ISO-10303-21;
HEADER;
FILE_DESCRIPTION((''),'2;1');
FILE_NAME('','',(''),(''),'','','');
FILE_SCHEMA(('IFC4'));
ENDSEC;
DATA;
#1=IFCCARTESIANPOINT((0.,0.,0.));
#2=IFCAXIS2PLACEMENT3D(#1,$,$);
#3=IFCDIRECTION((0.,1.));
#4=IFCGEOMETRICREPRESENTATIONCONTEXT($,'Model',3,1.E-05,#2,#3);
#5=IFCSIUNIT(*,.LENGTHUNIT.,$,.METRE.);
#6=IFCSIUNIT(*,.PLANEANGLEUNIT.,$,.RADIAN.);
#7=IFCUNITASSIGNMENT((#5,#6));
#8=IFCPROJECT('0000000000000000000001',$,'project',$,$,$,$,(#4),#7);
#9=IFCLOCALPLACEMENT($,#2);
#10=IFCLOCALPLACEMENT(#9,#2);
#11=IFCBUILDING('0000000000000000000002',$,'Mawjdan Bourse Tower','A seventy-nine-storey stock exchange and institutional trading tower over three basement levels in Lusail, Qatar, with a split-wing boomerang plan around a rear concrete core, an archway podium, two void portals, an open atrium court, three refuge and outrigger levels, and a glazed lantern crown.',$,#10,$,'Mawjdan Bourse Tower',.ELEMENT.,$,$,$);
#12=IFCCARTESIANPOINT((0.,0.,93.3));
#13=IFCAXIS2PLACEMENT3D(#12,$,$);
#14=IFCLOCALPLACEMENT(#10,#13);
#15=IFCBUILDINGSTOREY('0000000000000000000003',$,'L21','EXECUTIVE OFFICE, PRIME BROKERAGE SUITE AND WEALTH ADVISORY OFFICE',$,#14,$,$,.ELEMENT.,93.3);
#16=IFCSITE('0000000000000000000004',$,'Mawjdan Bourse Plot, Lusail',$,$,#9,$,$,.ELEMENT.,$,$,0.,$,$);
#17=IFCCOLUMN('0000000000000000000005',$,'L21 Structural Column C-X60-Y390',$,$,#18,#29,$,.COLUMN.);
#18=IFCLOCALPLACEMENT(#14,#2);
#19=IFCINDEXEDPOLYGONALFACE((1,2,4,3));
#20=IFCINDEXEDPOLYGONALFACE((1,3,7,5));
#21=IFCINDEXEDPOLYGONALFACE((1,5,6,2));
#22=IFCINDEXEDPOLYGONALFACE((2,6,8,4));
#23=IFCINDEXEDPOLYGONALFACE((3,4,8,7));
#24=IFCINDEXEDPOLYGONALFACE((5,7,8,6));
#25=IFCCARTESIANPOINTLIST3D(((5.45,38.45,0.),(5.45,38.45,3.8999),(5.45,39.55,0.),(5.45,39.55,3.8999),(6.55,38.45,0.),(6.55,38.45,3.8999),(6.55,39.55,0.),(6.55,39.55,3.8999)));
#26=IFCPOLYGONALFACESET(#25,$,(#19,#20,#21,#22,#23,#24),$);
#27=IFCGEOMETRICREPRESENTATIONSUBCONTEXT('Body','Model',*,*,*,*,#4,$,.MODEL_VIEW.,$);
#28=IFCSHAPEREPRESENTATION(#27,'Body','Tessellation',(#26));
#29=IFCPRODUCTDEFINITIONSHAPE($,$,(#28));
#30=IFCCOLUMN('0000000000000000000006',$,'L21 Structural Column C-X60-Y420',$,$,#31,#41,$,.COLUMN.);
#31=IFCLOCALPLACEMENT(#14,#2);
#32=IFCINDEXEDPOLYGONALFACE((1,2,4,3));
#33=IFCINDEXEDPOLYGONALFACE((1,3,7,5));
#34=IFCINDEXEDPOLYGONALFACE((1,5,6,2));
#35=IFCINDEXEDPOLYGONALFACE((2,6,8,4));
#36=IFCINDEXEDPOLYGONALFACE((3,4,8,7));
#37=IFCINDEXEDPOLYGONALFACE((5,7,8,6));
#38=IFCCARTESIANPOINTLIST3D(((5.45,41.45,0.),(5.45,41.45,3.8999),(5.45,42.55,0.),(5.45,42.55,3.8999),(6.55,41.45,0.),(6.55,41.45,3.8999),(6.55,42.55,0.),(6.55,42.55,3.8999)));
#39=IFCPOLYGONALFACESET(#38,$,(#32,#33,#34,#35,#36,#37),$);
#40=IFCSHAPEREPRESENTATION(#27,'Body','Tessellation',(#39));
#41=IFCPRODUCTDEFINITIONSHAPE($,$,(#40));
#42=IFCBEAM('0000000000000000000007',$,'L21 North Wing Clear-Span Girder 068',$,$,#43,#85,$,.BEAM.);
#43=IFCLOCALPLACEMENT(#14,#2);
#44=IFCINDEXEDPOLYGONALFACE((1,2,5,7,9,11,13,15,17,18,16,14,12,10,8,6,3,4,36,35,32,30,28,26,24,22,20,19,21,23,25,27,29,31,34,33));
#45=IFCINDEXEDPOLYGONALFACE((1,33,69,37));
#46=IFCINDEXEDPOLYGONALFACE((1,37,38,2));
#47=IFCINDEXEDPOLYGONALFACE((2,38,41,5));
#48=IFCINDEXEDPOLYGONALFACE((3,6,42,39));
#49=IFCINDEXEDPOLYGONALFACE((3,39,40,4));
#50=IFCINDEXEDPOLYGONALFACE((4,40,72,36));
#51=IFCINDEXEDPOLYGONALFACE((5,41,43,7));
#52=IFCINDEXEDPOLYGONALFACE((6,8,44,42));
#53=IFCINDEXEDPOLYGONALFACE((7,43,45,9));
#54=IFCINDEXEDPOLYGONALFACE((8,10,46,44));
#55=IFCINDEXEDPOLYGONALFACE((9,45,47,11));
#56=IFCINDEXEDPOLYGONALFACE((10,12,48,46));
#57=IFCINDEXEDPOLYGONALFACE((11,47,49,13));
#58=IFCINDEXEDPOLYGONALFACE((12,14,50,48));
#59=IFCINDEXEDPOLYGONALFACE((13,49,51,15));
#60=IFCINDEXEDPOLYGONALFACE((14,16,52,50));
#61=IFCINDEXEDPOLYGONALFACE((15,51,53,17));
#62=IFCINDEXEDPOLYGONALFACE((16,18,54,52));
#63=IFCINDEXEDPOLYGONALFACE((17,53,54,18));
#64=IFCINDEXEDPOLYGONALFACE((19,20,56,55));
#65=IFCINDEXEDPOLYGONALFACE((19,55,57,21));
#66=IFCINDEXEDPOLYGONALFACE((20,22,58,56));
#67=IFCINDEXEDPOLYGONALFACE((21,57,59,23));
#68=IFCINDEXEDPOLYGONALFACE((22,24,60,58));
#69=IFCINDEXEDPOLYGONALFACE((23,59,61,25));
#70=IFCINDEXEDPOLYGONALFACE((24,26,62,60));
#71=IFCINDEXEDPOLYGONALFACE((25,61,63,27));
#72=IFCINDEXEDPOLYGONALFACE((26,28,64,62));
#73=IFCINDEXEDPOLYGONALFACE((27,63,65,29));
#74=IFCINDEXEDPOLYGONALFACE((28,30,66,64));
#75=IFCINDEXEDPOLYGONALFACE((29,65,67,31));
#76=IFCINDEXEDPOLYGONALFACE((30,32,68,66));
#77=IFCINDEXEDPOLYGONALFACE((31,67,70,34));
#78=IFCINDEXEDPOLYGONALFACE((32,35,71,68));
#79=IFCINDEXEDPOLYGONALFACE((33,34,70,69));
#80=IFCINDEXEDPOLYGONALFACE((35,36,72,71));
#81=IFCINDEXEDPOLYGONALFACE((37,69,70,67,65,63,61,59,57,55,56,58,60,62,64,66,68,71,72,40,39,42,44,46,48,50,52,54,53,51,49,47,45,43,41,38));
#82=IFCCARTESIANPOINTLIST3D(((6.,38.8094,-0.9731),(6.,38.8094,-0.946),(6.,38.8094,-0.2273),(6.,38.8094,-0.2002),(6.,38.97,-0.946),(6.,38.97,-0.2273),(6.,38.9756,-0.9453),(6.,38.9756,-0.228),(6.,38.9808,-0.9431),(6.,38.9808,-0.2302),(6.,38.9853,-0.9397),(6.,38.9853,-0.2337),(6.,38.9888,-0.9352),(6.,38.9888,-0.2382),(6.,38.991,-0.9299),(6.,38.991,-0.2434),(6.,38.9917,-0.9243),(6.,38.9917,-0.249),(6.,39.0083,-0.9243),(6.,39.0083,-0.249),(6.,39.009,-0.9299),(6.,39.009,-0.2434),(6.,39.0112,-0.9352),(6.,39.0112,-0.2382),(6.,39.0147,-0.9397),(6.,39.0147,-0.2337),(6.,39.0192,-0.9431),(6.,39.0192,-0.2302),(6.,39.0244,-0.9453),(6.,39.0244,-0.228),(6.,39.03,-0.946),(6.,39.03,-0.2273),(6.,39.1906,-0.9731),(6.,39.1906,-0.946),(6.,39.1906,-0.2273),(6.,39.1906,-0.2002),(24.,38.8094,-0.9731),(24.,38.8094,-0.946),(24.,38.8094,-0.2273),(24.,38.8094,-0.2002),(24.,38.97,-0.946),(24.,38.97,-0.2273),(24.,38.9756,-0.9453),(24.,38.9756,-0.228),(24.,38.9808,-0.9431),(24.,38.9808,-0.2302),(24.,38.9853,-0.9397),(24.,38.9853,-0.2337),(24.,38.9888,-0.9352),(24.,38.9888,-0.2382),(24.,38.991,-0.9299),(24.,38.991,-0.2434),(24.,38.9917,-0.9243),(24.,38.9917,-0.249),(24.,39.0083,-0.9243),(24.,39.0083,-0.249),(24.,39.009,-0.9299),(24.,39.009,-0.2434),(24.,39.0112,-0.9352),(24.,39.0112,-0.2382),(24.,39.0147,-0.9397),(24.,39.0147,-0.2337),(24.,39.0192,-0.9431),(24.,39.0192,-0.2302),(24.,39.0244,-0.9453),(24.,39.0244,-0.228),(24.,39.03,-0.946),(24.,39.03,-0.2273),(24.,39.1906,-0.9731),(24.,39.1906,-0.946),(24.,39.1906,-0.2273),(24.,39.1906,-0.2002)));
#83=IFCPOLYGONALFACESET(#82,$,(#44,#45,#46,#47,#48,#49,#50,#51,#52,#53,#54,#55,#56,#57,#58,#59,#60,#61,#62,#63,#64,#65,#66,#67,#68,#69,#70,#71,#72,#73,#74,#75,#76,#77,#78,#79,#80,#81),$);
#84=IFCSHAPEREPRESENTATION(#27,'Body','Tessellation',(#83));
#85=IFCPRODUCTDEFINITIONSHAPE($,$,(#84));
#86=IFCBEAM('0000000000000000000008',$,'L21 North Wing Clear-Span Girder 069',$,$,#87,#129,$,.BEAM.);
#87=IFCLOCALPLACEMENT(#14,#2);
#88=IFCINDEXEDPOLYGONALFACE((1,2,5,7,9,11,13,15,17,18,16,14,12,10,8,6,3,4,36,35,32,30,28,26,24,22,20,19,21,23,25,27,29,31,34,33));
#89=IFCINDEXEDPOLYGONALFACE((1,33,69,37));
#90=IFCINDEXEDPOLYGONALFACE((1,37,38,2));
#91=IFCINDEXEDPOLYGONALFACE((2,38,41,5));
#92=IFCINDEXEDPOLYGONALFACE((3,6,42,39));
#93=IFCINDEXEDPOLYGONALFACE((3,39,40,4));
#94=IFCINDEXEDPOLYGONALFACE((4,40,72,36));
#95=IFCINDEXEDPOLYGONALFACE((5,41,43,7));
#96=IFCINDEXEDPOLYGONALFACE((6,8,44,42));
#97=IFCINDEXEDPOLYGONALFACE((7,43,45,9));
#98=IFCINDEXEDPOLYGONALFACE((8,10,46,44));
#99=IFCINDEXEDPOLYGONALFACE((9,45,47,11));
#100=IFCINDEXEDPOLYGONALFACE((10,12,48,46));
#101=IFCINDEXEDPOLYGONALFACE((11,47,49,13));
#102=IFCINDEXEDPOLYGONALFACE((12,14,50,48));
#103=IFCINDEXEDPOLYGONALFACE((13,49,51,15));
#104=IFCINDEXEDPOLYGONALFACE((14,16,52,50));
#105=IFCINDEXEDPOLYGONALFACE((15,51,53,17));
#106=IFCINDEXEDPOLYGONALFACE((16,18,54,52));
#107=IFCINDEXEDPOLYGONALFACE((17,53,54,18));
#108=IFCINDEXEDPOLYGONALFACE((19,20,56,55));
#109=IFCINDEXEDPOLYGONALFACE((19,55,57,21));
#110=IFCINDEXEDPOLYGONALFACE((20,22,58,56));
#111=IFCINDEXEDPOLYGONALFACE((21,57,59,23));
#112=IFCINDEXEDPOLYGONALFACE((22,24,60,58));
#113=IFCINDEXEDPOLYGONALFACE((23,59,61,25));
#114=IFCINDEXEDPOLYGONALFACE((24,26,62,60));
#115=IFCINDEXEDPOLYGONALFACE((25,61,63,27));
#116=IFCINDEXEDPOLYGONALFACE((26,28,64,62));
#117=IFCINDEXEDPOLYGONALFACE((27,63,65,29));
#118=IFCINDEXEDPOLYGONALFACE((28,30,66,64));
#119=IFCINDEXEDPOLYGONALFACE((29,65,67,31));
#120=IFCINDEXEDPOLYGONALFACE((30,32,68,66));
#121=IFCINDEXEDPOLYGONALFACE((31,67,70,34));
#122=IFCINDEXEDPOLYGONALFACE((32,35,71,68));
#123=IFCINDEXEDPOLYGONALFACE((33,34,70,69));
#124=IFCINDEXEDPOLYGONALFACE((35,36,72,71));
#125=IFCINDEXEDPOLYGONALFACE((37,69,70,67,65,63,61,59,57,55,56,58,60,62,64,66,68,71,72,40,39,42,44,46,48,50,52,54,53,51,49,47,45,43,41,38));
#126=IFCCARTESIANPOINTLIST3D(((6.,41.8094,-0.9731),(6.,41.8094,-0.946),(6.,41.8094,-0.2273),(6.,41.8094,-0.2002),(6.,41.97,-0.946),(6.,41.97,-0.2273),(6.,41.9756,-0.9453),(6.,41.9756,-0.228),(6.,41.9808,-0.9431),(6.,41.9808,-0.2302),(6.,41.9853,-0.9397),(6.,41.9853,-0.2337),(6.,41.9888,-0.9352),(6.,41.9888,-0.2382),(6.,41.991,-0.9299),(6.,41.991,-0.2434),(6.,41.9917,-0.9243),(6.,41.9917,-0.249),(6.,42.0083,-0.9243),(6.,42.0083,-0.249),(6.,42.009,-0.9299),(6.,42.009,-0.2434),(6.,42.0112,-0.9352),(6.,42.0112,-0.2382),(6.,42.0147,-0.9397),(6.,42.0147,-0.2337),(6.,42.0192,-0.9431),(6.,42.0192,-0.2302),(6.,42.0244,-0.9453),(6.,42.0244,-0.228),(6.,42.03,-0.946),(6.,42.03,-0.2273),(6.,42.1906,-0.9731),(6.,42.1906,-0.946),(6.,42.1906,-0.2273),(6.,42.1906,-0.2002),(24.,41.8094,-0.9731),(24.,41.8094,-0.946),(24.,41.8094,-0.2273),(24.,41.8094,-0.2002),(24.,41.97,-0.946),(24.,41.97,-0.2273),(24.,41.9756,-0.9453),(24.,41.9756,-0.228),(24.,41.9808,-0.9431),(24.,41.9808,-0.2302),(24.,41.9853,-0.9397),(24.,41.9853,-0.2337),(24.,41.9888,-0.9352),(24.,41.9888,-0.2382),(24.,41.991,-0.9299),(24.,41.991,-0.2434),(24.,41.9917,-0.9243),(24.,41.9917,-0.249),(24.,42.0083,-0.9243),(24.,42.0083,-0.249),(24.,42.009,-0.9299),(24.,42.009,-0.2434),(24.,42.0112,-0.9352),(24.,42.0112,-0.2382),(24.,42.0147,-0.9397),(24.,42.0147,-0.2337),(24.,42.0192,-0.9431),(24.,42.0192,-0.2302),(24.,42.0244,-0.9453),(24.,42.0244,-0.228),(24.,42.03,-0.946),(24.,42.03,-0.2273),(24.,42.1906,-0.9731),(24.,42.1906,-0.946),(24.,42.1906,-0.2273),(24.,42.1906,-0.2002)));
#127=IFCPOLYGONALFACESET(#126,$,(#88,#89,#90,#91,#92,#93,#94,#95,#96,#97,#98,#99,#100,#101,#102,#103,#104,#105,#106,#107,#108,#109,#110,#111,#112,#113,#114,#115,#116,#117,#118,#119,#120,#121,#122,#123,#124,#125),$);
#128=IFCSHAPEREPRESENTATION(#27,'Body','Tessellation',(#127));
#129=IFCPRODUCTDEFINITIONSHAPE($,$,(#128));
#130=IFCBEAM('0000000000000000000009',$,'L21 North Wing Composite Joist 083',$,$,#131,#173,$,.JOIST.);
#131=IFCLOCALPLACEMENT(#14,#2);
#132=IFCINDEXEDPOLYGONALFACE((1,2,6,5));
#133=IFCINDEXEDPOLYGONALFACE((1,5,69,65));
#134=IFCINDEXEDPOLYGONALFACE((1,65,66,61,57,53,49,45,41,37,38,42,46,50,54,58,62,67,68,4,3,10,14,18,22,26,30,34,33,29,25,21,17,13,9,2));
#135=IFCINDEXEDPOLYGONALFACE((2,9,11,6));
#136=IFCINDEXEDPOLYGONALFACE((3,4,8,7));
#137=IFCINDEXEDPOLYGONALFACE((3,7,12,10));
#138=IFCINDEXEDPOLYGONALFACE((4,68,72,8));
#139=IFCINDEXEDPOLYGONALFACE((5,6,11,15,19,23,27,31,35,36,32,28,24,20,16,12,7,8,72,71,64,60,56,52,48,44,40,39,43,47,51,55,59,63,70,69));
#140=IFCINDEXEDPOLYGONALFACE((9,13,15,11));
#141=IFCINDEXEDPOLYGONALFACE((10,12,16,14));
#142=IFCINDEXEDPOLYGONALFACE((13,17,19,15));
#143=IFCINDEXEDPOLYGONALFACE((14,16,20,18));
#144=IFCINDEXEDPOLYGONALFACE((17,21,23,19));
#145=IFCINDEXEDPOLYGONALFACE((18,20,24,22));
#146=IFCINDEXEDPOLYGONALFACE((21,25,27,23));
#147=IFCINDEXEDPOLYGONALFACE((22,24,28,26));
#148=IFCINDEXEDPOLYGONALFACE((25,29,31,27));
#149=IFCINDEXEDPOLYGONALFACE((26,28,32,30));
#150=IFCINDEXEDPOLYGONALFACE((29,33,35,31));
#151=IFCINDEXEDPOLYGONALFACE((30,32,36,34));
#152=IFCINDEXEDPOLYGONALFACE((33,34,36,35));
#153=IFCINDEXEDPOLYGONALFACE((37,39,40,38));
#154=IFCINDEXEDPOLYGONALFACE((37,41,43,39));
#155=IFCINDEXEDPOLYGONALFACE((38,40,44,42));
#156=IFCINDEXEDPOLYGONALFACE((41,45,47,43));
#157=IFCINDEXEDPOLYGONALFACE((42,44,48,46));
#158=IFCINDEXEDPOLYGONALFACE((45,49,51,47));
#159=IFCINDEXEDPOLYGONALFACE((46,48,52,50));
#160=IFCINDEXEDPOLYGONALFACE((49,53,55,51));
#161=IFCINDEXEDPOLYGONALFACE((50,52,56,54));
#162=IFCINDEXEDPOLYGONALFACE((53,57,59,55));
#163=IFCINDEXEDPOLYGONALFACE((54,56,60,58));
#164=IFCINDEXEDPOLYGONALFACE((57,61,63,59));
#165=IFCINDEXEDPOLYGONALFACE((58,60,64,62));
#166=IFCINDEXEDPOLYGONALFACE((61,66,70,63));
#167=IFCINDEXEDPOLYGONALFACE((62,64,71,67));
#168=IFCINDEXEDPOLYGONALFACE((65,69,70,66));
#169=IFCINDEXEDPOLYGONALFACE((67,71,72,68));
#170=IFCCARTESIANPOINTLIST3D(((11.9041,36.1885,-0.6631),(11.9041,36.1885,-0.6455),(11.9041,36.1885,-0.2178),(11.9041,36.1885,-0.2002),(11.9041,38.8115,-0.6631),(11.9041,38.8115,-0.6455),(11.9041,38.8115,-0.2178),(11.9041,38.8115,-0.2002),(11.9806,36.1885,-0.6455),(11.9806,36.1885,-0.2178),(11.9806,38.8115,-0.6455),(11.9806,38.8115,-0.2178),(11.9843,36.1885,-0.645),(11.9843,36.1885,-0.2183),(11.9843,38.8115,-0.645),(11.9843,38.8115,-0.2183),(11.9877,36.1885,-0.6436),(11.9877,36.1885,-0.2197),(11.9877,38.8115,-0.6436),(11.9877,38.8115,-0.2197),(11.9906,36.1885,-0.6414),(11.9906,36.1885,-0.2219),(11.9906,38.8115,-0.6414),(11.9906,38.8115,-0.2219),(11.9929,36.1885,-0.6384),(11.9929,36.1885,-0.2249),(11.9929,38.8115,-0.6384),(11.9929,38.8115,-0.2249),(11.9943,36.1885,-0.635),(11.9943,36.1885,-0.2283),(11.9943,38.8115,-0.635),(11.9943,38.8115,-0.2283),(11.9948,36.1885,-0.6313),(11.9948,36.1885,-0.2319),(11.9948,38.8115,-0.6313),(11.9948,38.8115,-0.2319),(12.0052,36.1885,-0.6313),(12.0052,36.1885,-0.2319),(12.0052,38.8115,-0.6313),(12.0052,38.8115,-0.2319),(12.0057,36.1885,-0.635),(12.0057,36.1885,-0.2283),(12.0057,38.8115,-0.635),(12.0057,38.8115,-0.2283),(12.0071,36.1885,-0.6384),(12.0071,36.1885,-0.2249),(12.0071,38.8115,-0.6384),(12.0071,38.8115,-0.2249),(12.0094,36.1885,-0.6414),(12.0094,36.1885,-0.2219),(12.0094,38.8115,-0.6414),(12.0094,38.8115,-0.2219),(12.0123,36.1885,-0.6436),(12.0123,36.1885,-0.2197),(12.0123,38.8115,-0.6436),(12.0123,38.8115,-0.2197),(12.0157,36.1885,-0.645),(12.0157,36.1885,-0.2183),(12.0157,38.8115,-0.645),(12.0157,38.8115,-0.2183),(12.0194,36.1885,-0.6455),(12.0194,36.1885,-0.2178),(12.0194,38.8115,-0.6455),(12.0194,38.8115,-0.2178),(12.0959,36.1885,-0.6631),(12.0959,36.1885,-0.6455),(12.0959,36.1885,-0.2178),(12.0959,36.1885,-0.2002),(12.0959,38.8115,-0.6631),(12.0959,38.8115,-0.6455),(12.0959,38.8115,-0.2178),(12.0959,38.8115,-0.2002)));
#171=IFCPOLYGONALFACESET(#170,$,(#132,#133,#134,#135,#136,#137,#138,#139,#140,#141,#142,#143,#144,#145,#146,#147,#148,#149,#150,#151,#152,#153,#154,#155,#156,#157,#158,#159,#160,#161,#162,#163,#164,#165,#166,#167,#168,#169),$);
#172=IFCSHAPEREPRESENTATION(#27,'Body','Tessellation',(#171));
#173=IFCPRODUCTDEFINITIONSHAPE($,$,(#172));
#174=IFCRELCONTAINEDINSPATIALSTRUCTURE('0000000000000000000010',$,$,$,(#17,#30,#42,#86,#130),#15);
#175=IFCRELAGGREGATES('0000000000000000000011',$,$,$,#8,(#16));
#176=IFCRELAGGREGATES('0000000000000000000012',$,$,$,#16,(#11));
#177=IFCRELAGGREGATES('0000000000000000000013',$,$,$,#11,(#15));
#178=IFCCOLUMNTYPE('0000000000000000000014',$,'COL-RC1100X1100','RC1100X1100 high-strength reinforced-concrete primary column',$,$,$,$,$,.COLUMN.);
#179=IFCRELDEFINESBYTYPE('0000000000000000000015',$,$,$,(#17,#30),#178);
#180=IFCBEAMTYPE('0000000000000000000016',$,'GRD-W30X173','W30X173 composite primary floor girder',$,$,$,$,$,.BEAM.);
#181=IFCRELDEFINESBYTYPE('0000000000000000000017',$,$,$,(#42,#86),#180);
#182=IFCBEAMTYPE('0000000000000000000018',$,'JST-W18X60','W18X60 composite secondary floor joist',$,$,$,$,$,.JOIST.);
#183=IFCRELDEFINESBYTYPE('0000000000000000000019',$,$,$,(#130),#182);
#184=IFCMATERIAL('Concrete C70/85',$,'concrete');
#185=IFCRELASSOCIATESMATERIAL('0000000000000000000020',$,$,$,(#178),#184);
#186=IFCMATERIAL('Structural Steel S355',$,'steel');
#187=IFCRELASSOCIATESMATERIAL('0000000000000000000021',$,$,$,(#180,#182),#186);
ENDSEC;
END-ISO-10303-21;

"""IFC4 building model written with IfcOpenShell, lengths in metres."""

from ifc_helpers import new_model, si_unit, direction, frame, origin, origin_2d, place, context, subcontext, project, spatial, rectangle, i_section, extrude, material, material_profile, profile_set, type_object, element, save


model = new_model("IFC4")

# Units and contexts
model_context = context("Model", 3, precision=1e-05, world=origin(), true_north=direction((0.0, 1.0)))
body_context = subcontext(model_context, "Body", "Model", "MODEL_VIEW")
ifc_project = project(units=[si_unit("LENGTHUNIT", "METRE"), si_unit("PLANEANGLEUNIT", "RADIAN")], contexts=[model_context])

# Site, building, storey
site_placement = place(None, origin())
site = spatial("IfcSite", under=ifc_project, at=site_placement, Name="Mawjdan Bourse Plot, Lusail", CompositionType="ELEMENT", RefElevation=0.0)
building_placement = place(site_placement, origin())
building = spatial("IfcBuilding", under=site, at=building_placement, Name="Mawjdan Bourse Tower", Description="A seventy-nine-storey stock exchange and institutional trading tower over three basement levels in Lusail, Qatar, with a split-wing boomerang plan around a rear concrete core, an archway podium, two void portals, an open atrium court, three refuge and outrigger levels, and a glazed lantern crown.", LongName="Mawjdan Bourse Tower", CompositionType="ELEMENT")
storey_placement = place(building_placement, frame((0.0, 0.0, 93.3)))
storey = spatial("IfcBuildingStorey", under=building, at=storey_placement, Name="L21", Description="EXECUTIVE OFFICE, PRIME BROKERAGE SUITE AND WEALTH ADVISORY OFFICE", CompositionType="ELEMENT", Elevation=93.3)

# Columns
ifc_material_1 = material(Name="Concrete C70/85", Category="concrete")
ifc_material_profile_1 = material_profile(ifc_material_1, rectangle(XDim=1.1001, YDim=1.1001, at=origin_2d()), Name="RC1100X1100")
ifc_profile_set_1 = profile_set([ifc_material_profile_1], Name="Concrete C70/85")
column_type = type_object("IfcColumnType", Name="COL-RC1100X1100", Description="RC1100X1100 high-strength reinforced-concrete primary column", PredefinedType="COLUMN", material=ifc_profile_set_1)
for number, where, z_axis, x_axis, name in (
    (1, (6.0, 39.0, 0.0), (0.0, 0.0, 1.0), (1.0, 0.0, 0.0), "L21 Structural Column C-X60-Y390"),
    (2, (6.0, 42.0, 0.0), (0.0, 0.0, 1.0), (1.0, 0.0, 0.0), "L21 Structural Column C-X60-Y420"),
):
    element("IfcColumn", number, at=place(storey_placement, frame(where, z_axis=z_axis, x_axis=x_axis)), inside=storey, type_object=column_type, Name=name, PredefinedType="COLUMN", context=body_context, shape_type="SweptSolid", body=[
        extrude(rectangle(XDim=1.1001, YDim=1.1001, at=origin_2d()), origin(), (0.0, 0.0, 1.0), 3.8999),
    ])

# Beams
ifc_material_2 = material(Name="Structural Steel S355", Category="steel")
ifc_material_profile_2 = material_profile(ifc_material_2, i_section(OverallWidth=0.3811, OverallDepth=0.7729, WebThickness=0.0166, FlangeThickness=0.0271, FilletRadius=0.0217, at=origin_2d()), Name="W30X173")
ifc_profile_set_2 = profile_set([ifc_material_profile_2], Name="Structural Steel S355")
beam_type_1 = type_object("IfcBeamType", Name="GRD-W30X173", Description="W30X173 composite primary floor girder", PredefinedType="BEAM", material=ifc_profile_set_2)
for number, where, z_axis, x_axis, name in (
    (3, (6.0, 39.0, -0.5867), (1.0, 0.0, 0.0), (0.0, 1.0, 0.0), "L21 North Wing Clear-Span Girder 068"),
    (4, (6.0, 42.0, -0.5867), (1.0, 0.0, 0.0), (0.0, 1.0, 0.0), "L21 North Wing Clear-Span Girder 069"),
):
    element("IfcBeam", number, at=place(storey_placement, frame(where, z_axis=z_axis, x_axis=x_axis)), inside=storey, type_object=beam_type_1, Name=name, PredefinedType="BEAM", context=body_context, shape_type="SweptSolid", body=[
        extrude(i_section(OverallWidth=0.3811, OverallDepth=0.7729, WebThickness=0.0166, FlangeThickness=0.0271, FilletRadius=0.0217, at=origin_2d()), origin(), (0.0, 0.0, 1.0), 18.0),
    ])
ifc_material_profile_3 = material_profile(ifc_material_2, i_section(OverallWidth=0.1919, OverallDepth=0.4629, WebThickness=0.0105, FlangeThickness=0.0176, FilletRadius=0.0142, at=origin_2d()), Name="W18X60")
ifc_profile_set_3 = profile_set([ifc_material_profile_3], Name="Structural Steel S355")
beam_type_2 = type_object("IfcBeamType", Name="JST-W18X60", Description="W18X60 composite secondary floor joist", PredefinedType="JOIST", material=ifc_profile_set_3)
for number, where, z_axis, x_axis, name in (
    (5, (12.0, 36.1885, -0.4316), (0.0, 1.0, 0.0), (-1.0, 0.0, 0.0), "L21 North Wing Composite Joist 083"),
):
    element("IfcBeam", number, at=place(storey_placement, frame(where, z_axis=z_axis, x_axis=x_axis)), inside=storey, type_object=beam_type_2, Name=name, PredefinedType="JOIST", context=body_context, shape_type="SweptSolid", body=[
        extrude(i_section(OverallWidth=0.1919, OverallDepth=0.4629, WebThickness=0.0105, FlangeThickness=0.0176, FilletRadius=0.0142, at=origin_2d()), origin(), (0.0, 0.0, 1.0), 2.623),
    ])

save(model, "model.ifc")
